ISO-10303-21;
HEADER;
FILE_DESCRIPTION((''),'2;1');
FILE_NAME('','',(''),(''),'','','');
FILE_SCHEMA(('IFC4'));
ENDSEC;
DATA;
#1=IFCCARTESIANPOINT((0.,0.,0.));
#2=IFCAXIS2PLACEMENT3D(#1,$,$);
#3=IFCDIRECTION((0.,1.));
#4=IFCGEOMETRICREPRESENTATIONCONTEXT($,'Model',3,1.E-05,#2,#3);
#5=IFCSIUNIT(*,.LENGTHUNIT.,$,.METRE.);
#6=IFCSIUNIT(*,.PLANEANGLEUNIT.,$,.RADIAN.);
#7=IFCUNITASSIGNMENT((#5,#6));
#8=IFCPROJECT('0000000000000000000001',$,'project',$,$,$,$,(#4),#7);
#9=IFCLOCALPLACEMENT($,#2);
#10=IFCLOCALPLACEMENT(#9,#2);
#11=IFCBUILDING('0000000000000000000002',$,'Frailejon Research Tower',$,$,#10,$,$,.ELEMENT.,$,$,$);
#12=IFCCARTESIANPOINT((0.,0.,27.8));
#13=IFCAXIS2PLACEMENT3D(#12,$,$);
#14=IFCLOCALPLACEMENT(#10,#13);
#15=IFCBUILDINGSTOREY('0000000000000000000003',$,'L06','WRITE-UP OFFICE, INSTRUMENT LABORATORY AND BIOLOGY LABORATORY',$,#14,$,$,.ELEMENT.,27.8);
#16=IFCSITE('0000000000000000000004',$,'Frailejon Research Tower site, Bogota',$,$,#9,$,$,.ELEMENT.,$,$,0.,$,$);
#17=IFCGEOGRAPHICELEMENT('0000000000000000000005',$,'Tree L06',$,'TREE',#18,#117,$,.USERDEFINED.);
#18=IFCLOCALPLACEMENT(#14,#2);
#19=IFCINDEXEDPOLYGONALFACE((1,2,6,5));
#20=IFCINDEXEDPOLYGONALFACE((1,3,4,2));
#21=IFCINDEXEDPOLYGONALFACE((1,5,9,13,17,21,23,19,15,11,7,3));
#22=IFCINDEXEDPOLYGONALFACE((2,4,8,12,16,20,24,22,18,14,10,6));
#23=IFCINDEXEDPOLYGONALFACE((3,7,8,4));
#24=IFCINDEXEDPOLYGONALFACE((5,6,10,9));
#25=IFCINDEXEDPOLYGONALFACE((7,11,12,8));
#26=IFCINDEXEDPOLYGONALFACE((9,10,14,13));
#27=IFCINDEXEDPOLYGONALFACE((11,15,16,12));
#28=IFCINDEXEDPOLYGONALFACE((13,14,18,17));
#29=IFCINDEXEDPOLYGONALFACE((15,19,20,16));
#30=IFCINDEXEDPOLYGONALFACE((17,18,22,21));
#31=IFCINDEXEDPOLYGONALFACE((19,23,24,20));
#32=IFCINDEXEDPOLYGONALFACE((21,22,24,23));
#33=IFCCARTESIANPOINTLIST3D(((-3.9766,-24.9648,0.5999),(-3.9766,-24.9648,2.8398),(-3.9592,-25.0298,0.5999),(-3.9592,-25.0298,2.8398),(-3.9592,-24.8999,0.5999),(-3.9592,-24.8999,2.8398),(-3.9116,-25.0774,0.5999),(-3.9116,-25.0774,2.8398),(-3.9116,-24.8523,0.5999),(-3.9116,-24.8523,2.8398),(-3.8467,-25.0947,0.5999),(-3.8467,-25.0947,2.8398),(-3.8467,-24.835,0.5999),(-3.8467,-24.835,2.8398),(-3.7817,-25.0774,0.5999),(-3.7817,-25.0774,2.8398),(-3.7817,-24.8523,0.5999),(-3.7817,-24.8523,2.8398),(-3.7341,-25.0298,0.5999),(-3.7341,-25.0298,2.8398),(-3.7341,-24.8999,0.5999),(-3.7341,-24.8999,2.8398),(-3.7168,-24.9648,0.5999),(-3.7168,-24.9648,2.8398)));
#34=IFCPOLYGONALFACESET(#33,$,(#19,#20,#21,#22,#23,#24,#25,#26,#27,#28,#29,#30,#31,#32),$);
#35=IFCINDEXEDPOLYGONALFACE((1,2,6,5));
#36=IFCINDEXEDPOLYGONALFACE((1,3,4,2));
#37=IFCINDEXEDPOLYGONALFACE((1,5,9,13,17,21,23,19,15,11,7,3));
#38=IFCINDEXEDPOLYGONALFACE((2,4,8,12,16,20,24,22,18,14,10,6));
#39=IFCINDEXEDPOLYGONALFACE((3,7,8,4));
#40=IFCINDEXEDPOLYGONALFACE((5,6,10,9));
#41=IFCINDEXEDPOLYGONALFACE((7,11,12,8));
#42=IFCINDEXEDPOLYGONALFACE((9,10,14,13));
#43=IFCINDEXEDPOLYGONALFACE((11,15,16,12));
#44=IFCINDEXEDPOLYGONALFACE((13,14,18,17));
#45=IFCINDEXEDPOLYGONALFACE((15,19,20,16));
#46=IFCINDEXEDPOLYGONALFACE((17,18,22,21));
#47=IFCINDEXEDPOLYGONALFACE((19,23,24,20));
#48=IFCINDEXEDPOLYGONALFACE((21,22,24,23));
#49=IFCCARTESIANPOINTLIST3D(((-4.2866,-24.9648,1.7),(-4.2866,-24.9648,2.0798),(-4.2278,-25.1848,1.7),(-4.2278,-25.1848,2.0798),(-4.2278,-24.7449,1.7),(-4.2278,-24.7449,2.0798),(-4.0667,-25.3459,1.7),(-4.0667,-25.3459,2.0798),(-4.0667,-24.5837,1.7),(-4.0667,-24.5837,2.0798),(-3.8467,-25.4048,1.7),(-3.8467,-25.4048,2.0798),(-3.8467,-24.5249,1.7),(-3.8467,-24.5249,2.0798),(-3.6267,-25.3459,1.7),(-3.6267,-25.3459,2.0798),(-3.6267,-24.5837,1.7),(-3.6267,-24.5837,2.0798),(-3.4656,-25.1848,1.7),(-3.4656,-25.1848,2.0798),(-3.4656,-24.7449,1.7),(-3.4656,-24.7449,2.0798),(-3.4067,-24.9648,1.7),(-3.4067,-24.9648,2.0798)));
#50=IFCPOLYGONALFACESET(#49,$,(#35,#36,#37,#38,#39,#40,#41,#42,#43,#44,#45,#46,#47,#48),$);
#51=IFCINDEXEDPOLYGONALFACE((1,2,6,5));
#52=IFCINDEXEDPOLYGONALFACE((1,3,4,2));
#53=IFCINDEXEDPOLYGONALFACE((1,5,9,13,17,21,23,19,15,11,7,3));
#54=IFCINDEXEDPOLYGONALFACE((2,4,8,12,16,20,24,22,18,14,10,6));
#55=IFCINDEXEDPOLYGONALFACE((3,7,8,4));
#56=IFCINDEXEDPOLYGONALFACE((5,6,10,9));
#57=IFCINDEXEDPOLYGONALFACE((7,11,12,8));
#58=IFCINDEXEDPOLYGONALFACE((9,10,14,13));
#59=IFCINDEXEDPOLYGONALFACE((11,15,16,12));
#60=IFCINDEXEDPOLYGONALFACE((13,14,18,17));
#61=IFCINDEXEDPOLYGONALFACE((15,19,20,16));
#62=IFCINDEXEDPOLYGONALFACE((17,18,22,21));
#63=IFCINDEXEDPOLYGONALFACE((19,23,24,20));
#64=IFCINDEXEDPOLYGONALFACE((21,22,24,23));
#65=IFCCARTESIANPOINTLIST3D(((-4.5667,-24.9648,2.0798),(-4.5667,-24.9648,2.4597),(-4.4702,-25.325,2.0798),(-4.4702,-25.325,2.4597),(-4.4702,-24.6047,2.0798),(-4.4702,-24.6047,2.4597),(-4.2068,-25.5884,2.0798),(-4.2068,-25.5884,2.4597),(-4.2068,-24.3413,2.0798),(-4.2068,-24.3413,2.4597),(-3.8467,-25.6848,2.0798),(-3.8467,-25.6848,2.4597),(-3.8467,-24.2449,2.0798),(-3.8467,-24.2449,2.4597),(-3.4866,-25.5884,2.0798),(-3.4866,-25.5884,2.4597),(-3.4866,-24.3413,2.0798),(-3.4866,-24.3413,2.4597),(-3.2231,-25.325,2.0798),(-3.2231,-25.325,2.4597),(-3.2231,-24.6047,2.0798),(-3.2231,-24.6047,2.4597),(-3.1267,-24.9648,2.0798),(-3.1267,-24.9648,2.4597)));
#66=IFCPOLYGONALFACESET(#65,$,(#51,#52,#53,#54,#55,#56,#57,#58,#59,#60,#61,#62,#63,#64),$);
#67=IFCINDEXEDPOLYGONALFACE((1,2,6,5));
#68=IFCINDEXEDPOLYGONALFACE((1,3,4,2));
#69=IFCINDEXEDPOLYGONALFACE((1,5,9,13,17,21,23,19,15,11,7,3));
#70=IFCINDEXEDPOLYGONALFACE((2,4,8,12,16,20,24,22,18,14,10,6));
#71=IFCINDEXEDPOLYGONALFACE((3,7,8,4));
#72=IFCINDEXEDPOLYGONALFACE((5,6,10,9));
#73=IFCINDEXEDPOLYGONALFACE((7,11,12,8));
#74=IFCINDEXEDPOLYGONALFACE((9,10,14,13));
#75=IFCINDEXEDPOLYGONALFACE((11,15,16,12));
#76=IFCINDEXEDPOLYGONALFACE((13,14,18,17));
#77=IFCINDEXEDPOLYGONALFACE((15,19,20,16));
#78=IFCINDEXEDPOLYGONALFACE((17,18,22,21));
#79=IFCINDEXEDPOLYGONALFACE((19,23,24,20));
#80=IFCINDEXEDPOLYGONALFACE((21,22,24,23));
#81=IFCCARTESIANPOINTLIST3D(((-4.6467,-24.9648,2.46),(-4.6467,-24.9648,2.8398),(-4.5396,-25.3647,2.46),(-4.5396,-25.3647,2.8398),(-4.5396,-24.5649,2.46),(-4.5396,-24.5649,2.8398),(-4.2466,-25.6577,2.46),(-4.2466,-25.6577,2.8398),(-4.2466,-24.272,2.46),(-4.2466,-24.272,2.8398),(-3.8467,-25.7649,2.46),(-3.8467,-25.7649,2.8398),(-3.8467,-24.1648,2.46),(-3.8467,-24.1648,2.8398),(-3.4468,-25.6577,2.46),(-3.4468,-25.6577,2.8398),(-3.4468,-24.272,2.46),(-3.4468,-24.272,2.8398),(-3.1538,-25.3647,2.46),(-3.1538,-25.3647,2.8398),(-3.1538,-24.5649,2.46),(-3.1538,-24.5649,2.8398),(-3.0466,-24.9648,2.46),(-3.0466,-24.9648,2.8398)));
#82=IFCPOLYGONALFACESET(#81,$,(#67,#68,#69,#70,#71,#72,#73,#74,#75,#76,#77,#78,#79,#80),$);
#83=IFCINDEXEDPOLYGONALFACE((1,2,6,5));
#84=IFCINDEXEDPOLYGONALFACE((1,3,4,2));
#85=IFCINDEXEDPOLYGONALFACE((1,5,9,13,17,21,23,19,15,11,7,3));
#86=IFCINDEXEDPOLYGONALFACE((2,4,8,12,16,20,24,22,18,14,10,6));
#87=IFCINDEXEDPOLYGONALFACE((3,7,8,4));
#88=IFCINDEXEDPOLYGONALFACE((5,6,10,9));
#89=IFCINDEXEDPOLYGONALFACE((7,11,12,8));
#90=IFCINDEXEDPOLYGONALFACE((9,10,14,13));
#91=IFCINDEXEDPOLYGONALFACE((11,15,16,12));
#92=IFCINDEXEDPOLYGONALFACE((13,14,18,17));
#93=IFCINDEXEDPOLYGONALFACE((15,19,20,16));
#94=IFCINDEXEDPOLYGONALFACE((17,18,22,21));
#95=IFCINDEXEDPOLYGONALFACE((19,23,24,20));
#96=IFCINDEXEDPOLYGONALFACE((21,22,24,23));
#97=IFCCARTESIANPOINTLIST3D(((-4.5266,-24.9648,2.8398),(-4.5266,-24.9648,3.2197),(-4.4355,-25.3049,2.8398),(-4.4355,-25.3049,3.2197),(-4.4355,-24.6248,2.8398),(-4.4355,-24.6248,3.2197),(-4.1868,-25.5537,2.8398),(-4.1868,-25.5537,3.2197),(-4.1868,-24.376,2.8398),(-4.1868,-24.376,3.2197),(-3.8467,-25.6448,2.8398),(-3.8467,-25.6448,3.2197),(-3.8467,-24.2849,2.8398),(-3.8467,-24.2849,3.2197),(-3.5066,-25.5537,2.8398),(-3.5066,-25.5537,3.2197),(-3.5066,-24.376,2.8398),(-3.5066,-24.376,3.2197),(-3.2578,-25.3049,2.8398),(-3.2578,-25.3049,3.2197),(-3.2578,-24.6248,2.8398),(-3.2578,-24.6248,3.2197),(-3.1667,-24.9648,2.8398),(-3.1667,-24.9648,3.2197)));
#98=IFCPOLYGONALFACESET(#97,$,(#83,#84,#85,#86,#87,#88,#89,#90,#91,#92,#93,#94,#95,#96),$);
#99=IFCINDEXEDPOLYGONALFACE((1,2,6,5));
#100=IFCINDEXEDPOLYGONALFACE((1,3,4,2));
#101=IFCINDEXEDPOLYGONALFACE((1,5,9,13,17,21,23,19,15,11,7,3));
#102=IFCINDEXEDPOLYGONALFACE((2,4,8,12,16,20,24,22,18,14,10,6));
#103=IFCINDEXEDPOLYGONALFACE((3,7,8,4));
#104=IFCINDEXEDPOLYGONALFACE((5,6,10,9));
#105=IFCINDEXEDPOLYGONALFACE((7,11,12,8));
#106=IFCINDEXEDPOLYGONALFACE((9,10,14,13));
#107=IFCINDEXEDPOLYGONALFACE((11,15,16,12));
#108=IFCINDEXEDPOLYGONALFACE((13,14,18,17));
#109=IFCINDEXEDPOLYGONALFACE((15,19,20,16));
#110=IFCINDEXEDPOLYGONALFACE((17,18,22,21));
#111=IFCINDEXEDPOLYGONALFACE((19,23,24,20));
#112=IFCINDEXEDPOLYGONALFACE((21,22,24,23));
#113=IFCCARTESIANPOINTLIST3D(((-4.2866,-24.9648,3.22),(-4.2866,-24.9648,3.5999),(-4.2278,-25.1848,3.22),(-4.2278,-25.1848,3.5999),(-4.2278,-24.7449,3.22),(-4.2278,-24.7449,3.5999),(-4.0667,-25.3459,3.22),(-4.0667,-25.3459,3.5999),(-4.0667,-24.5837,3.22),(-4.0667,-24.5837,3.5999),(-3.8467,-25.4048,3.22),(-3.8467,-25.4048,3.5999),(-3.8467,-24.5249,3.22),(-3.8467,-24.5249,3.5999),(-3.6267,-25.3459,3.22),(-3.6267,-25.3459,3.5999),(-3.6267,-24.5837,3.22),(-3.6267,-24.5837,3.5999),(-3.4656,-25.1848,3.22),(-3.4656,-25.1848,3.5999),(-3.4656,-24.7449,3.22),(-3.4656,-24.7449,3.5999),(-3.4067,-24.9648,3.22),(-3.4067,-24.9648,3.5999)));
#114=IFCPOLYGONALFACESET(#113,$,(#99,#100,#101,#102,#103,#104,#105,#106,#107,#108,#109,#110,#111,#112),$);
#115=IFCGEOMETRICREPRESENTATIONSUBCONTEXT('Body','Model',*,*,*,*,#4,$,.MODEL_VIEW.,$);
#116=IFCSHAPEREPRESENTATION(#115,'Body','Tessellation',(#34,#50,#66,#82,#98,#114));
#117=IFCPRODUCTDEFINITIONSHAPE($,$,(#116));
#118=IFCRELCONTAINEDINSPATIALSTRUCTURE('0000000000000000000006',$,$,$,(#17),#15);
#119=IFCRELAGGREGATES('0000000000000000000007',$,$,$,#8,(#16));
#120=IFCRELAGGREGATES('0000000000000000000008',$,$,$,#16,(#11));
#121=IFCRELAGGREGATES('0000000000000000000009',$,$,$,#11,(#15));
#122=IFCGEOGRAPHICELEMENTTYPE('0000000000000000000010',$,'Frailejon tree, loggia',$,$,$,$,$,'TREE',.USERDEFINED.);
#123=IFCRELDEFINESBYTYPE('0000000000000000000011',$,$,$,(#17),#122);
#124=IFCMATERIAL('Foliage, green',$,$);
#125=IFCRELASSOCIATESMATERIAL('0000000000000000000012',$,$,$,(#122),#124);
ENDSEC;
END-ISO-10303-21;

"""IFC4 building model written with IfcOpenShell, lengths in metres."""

from ifc_helpers import new_model, si_unit, direction, frame, origin, place, context, subcontext, project, spatial, polyline, outline, extrude, material, type_object, element, save


model = new_model("IFC4")

# Units and contexts
model_context = context("Model", 3, precision=1e-05, world=origin(), true_north=direction((0.0, 1.0)))
body_context = subcontext(model_context, "Body", "Model", "MODEL_VIEW")
ifc_project = project(units=[si_unit("LENGTHUNIT", "METRE"), si_unit("PLANEANGLEUNIT", "RADIAN")], contexts=[model_context])

# Site, building, storey
site_placement = place(None, origin())
site = spatial("IfcSite", under=ifc_project, at=site_placement, Name="Frailejon Research Tower site, Bogota", CompositionType="ELEMENT", RefElevation=0.0)
building_placement = place(site_placement, origin())
building = spatial("IfcBuilding", under=site, at=building_placement, Name="Frailejon Research Tower", CompositionType="ELEMENT")
storey_placement = place(building_placement, frame((0.0, 0.0, 27.8)))
storey = spatial("IfcBuildingStorey", under=building, at=storey_placement, Name="L06", Description="WRITE-UP OFFICE, INSTRUMENT LABORATORY AND BIOLOGY LABORATORY", CompositionType="ELEMENT", Elevation=27.8)

# Geographic element
ifc_material_1 = material(Name="Foliage, green")
geographic_element_type = type_object("IfcGeographicElementType", Name="Frailejon tree, loggia", ElementType="TREE", PredefinedType="USERDEFINED", material=ifc_material_1)
geographic_element_placement = place(storey_placement, frame((-3.8467, -24.9648, 0.5999)))
element("IfcGeographicElement", 1, at=geographic_element_placement, inside=storey, type_object=geographic_element_type, Name="Tree L06", ObjectType="TREE", PredefinedType="USERDEFINED", context=body_context, shape_type="SweptSolid", body=[
    extrude(outline(polyline([(0.1299, 0.0), (0.1125, 0.0649), (0.0649, 0.1125), (0.0, 0.1299), (-0.0649, 0.1125), (-0.1125, 0.0649), (-0.1299, 0.0), (-0.1125, -0.0649), (-0.0649, -0.1125), (0.0, -0.1299), (0.0649, -0.1125), (0.1125, -0.0649), (0.1299, 0.0)])), origin(), (0.0, 0.0, 1.0), 2.24),
    extrude(outline(polyline([(0.4399, 0.0), (0.3811, 0.22), (0.22, 0.3811), (0.0, 0.4399), (-0.22, 0.3811), (-0.3811, 0.22), (-0.4399, 0.0), (-0.3811, -0.22), (-0.22, -0.3811), (0.0, -0.4399), (0.22, -0.3811), (0.3811, -0.22), (0.4399, 0.0)])), frame((0.0, 0.0, 1.1001)), (0.0, 0.0, 1.0), 0.3799),
    extrude(outline(polyline([(0.72, 0.0), (0.6235, 0.3601), (0.3601, 0.6235), (0.0, 0.72), (-0.3601, 0.6235), (-0.6235, 0.3601), (-0.72, 0.0), (-0.6235, -0.3601), (-0.3601, -0.6235), (0.0, -0.72), (0.3601, -0.6235), (0.6235, -0.3601), (0.72, 0.0)])), frame((0.0, 0.0, 1.48)), (0.0, 0.0, 1.0), 0.3799),
    extrude(outline(polyline([(0.8, 0.0), (0.6929, 0.3999), (0.3999, 0.6929), (0.0, 0.8), (-0.3999, 0.6929), (-0.6929, 0.3999), (-0.8, 0.0), (-0.6929, -0.3999), (-0.3999, -0.6929), (0.0, -0.8), (0.3999, -0.6929), (0.6929, -0.3999), (0.8, 0.0)])), frame((0.0, 0.0, 1.8601)), (0.0, 0.0, 1.0), 0.3799),
    extrude(outline(polyline([(0.6799, 0.0), (0.5889, 0.3401), (0.3401, 0.5889), (0.0, 0.6799), (-0.3401, 0.5889), (-0.5889, 0.3401), (-0.6799, 0.0), (-0.5889, -0.3401), (-0.3401, -0.5889), (0.0, -0.6799), (0.3401, -0.5889), (0.5889, -0.3401), (0.6799, 0.0)])), frame((0.0, 0.0, 2.24)), (0.0, 0.0, 1.0), 0.3799),
    extrude(outline(polyline([(0.4399, 0.0), (0.3811, 0.22), (0.22, 0.3811), (0.0, 0.4399), (-0.22, 0.3811), (-0.3811, 0.22), (-0.4399, 0.0), (-0.3811, -0.22), (-0.22, -0.3811), (0.0, -0.4399), (0.22, -0.3811), (0.3811, -0.22), (0.4399, 0.0)])), frame((0.0, 0.0, 2.6201)), (0.0, 0.0, 1.0), 0.3799),
])

save(model, "model.ifc")
